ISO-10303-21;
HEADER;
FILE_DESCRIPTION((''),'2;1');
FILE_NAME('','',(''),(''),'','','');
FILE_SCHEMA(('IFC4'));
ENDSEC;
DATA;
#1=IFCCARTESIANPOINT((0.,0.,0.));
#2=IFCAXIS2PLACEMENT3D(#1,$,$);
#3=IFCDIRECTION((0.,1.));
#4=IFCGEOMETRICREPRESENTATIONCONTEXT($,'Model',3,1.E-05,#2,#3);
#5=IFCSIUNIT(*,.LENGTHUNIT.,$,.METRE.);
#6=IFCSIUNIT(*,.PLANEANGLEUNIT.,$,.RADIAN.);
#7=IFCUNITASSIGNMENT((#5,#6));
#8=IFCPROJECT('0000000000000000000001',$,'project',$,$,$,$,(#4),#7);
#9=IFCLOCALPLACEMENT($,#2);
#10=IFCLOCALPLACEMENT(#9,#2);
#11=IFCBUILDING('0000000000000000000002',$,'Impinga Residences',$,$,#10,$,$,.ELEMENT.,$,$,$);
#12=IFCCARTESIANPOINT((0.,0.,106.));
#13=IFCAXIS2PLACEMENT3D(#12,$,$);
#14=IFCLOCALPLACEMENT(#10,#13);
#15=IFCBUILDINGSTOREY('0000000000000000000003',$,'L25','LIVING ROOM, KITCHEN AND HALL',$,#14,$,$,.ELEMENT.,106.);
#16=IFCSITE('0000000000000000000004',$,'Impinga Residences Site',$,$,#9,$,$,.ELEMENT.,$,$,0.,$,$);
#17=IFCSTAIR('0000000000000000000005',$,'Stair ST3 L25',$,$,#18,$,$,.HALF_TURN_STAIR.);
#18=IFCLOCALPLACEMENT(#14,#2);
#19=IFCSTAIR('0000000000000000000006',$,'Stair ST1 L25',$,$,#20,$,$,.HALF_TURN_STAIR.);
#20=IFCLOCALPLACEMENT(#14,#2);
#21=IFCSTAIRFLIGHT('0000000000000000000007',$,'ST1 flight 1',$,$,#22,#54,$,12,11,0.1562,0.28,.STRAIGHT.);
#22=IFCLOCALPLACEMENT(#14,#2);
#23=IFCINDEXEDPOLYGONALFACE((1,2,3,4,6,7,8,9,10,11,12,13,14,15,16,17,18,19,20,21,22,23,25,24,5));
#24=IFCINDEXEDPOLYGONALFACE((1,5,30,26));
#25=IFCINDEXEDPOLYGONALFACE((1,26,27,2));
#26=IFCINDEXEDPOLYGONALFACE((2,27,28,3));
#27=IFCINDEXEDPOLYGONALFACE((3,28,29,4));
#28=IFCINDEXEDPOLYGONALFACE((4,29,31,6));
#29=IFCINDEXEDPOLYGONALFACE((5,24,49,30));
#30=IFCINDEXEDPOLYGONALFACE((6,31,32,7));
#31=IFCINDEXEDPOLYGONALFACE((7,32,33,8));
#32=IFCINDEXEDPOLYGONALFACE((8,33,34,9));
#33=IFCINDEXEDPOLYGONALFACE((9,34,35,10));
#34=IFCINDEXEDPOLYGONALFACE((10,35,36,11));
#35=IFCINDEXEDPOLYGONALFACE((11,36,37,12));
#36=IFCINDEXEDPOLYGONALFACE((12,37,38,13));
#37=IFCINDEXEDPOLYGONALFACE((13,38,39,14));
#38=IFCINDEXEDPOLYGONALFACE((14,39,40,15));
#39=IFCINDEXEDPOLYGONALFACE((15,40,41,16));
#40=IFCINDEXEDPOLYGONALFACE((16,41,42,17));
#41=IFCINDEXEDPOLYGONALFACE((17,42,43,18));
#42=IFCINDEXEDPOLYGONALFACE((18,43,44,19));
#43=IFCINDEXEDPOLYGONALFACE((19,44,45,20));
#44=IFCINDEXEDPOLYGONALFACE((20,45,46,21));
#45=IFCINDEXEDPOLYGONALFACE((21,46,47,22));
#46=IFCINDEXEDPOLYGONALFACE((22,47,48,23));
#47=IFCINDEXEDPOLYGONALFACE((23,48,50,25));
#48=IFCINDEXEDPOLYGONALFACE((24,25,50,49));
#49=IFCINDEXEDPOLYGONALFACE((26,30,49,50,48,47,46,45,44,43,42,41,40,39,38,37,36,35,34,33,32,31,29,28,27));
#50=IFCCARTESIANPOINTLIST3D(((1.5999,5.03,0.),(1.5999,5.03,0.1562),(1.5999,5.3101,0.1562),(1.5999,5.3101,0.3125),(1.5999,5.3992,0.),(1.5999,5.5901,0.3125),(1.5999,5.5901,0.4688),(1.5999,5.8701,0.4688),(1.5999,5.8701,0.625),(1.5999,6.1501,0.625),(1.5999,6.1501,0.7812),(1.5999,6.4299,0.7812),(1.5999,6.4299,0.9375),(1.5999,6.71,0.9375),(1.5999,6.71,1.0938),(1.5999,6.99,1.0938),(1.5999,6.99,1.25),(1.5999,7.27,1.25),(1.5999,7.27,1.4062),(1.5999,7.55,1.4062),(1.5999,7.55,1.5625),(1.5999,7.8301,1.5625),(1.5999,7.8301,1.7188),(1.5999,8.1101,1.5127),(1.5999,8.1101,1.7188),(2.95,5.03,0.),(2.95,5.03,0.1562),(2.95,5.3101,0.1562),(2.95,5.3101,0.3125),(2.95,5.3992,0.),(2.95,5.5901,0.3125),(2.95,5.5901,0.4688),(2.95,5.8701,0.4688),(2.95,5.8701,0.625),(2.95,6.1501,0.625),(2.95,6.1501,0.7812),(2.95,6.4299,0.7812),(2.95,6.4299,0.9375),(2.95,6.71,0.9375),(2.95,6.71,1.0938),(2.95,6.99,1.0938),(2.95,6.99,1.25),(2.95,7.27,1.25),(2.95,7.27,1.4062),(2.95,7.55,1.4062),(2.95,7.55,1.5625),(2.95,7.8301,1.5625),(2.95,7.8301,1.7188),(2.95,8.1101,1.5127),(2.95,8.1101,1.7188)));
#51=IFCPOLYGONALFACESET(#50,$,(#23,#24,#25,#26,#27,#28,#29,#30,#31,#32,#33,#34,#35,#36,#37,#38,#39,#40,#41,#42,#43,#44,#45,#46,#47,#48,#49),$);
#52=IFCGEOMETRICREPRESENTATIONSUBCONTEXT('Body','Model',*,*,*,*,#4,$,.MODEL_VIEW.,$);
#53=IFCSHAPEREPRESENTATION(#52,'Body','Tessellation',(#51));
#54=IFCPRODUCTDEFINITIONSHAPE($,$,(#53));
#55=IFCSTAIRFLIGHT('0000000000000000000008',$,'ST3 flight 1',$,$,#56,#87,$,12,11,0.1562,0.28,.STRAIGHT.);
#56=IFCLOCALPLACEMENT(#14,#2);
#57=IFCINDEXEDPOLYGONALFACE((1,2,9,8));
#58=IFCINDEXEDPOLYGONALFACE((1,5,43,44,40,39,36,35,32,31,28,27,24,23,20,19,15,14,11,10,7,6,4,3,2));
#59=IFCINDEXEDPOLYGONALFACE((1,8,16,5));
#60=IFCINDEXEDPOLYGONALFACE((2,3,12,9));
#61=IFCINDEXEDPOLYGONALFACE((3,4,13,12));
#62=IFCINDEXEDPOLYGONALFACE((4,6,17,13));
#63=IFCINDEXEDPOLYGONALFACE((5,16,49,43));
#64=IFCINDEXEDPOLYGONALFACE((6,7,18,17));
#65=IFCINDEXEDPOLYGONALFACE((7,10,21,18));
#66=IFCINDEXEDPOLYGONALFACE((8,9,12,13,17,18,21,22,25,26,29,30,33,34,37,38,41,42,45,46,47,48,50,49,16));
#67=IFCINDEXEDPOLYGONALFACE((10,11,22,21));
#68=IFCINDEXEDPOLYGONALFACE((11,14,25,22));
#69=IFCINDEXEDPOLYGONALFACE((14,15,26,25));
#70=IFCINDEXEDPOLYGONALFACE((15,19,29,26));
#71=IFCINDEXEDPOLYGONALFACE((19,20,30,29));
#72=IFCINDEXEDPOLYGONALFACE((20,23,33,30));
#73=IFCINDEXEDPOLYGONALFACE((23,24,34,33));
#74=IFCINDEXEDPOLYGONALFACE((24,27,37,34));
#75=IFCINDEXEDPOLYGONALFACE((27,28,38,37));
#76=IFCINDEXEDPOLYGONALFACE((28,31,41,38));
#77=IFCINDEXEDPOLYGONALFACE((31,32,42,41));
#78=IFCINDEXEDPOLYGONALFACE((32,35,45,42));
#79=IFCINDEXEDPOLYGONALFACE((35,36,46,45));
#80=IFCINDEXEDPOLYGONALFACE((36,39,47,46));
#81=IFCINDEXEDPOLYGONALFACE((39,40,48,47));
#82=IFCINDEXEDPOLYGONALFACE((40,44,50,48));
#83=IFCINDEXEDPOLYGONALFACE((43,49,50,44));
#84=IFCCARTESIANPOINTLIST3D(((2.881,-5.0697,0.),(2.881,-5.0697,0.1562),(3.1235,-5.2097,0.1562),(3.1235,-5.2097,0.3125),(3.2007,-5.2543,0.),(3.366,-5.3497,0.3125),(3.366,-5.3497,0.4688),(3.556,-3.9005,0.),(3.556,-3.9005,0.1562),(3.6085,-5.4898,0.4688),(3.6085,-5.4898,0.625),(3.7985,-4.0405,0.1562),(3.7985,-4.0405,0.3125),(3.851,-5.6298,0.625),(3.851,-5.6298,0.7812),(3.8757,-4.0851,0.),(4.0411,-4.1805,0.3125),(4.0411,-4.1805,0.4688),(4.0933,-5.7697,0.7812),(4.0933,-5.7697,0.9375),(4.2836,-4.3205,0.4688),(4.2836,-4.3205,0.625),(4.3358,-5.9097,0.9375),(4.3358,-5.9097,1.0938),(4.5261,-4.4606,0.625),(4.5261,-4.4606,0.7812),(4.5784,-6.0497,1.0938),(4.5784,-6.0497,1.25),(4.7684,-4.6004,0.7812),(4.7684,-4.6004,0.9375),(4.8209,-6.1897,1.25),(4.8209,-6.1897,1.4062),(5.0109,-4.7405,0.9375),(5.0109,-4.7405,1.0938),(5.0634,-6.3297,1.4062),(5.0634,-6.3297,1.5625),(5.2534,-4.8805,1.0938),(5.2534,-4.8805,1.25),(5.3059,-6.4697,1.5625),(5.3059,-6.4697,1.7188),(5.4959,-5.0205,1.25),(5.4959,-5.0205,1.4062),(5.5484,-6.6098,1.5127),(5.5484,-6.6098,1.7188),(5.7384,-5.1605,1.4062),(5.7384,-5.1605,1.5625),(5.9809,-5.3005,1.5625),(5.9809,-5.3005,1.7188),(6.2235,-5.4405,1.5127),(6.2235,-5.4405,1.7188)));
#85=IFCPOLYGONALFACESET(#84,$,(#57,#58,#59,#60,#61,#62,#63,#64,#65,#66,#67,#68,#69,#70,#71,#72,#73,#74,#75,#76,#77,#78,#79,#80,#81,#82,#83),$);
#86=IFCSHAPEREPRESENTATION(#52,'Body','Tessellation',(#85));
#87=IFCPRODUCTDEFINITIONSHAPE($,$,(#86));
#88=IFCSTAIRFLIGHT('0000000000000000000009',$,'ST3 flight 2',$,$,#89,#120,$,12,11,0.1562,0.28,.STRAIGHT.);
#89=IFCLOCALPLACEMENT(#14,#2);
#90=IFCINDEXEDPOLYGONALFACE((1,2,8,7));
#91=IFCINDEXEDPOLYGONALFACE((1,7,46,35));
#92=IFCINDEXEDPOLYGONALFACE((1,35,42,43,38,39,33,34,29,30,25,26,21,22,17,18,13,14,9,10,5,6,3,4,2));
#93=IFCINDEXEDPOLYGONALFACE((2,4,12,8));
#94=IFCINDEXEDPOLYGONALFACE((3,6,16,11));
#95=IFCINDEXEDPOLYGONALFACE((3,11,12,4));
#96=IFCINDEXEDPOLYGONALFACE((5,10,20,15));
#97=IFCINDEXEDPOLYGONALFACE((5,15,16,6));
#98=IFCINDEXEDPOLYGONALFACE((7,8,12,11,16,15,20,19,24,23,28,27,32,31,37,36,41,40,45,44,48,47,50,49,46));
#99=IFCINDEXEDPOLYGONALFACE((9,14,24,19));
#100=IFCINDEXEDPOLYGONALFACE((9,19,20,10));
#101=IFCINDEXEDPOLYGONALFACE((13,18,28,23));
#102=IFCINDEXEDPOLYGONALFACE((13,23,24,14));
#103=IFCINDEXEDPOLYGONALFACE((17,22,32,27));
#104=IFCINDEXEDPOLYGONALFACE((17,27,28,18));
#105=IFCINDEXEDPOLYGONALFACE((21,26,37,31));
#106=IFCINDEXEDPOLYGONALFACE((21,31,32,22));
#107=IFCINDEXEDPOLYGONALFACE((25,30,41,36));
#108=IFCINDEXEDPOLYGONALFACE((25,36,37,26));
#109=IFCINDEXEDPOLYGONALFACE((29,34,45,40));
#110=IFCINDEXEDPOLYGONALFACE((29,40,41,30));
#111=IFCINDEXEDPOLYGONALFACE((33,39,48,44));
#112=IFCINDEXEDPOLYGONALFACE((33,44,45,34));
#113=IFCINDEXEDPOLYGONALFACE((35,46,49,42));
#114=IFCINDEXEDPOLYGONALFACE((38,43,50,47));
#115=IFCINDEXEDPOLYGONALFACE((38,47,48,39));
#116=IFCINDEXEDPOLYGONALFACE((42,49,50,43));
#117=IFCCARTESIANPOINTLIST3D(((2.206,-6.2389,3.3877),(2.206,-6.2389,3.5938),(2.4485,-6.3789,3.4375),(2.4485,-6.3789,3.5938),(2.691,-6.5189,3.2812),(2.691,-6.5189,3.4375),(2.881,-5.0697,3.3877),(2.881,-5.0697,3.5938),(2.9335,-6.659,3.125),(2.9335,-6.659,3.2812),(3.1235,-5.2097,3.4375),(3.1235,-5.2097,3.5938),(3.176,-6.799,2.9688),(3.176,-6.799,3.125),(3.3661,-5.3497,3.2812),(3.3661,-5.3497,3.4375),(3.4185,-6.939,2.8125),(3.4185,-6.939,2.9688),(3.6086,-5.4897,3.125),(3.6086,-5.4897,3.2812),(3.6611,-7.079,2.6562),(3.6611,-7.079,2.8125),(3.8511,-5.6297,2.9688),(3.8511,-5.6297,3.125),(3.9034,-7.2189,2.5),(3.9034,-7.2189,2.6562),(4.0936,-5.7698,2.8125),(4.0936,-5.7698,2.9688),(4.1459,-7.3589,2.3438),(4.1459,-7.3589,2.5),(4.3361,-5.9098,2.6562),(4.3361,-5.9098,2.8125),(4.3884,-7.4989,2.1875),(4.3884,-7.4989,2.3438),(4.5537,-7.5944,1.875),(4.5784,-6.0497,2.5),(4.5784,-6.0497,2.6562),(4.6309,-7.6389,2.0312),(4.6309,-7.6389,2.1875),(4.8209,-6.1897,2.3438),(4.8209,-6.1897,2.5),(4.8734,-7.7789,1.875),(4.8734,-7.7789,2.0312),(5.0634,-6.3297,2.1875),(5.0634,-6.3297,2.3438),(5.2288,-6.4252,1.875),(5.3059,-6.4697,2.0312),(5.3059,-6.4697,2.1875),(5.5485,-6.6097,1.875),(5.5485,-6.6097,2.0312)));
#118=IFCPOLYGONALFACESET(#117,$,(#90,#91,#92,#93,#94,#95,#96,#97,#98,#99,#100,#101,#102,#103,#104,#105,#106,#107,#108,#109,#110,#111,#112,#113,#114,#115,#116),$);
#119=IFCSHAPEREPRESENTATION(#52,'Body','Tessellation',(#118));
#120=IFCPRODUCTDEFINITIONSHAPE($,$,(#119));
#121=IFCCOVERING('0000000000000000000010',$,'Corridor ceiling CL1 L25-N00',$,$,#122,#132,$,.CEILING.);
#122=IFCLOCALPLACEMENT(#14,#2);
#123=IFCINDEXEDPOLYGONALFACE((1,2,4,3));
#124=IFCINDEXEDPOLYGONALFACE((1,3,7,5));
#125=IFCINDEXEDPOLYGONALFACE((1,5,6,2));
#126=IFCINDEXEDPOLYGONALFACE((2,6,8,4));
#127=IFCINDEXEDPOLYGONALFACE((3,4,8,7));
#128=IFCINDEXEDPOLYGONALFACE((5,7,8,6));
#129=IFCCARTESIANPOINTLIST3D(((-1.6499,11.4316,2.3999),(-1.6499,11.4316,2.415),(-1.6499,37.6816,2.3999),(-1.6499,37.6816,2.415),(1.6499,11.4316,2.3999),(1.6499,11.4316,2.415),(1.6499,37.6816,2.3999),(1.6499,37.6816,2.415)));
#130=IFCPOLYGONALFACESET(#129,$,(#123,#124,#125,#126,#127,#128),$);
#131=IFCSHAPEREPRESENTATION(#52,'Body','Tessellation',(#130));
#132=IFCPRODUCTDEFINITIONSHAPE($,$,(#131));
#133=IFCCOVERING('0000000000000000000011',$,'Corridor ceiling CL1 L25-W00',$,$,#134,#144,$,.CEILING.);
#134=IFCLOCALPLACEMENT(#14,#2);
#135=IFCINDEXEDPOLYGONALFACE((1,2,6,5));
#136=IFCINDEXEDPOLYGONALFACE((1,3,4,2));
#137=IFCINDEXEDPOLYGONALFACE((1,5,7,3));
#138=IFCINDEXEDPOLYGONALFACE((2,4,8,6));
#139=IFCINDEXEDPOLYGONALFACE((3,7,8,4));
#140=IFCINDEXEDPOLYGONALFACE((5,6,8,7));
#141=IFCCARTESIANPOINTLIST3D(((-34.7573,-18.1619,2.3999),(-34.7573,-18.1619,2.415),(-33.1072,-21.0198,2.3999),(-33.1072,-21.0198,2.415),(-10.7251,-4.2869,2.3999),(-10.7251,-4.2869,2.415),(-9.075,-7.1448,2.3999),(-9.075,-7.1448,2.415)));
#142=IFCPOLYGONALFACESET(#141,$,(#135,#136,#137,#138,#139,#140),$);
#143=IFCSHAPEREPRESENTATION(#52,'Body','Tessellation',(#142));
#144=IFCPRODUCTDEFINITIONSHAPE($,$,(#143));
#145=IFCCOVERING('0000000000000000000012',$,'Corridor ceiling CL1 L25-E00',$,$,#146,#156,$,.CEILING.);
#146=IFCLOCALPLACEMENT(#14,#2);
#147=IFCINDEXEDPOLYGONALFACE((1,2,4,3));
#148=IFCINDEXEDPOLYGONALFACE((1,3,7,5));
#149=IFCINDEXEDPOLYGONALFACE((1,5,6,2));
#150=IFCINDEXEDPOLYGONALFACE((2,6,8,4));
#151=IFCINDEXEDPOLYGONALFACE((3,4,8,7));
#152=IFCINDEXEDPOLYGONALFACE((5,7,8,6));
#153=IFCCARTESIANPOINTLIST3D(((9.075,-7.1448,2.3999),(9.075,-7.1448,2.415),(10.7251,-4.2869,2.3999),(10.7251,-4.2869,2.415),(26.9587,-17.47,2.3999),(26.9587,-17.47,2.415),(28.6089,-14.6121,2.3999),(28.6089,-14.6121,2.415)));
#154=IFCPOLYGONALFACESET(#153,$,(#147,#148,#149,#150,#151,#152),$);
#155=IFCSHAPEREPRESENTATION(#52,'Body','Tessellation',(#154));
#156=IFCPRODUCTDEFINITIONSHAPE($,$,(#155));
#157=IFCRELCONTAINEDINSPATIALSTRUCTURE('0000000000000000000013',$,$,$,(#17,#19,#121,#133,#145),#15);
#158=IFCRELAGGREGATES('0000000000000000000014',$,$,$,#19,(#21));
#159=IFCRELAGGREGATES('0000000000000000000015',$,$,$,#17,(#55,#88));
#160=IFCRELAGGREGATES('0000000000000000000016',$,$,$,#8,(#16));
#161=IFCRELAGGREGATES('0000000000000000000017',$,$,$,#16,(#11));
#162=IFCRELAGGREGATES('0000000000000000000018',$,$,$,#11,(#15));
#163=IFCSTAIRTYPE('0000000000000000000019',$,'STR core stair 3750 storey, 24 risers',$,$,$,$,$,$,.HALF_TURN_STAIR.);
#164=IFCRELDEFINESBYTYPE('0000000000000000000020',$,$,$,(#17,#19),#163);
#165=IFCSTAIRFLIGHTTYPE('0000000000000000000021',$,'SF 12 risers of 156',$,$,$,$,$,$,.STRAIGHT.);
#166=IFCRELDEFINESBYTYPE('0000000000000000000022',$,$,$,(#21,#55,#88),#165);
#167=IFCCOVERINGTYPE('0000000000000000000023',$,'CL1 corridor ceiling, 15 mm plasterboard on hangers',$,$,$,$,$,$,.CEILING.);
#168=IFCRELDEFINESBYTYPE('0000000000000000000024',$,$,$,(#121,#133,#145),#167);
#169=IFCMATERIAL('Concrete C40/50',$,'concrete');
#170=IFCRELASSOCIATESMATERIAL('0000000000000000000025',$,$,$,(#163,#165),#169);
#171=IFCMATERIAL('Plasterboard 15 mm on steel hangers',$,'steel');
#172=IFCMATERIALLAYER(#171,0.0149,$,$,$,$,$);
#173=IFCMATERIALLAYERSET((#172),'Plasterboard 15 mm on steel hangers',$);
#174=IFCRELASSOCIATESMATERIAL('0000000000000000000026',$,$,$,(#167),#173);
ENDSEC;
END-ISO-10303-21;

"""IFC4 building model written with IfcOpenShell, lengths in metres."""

from ifc_helpers import new_model, si_unit, direction, frame, origin, place, context, subcontext, project, spatial, polyline, outline, extrude, material, layer, layer_set, type_object, element, aggregate, save


model = new_model("IFC4")

# Units and contexts
model_context = context("Model", 3, precision=1e-05, world=origin(), true_north=direction((0.0, 1.0)))
body_context = subcontext(model_context, "Body", "Model", "MODEL_VIEW")
ifc_project = project(units=[si_unit("LENGTHUNIT", "METRE"), si_unit("PLANEANGLEUNIT", "RADIAN")], contexts=[model_context])

# Site, building, storey
site_placement = place(None, origin())
site = spatial("IfcSite", under=ifc_project, at=site_placement, Name="Impinga Residences Site", CompositionType="ELEMENT", RefElevation=0.0)
building_placement = place(site_placement, origin())
building = spatial("IfcBuilding", under=site, at=building_placement, Name="Impinga Residences", CompositionType="ELEMENT")
storey_placement = place(building_placement, frame((0.0, 0.0, 106.0)))
storey = spatial("IfcBuildingStorey", under=building, at=storey_placement, Name="L25", Description="LIVING ROOM, KITCHEN AND HALL", CompositionType="ELEMENT", Elevation=106.0)

# Stair
ifc_material_1 = material(Name="Concrete C40/50", Category="concrete")
stair_type_1 = type_object("IfcStairType", Name="STR core stair 3750 storey, 24 risers", PredefinedType="HALF_TURN_STAIR", material=ifc_material_1)
stair_1_placement = place(storey_placement, origin())
stair_1 = element("IfcStair", 1, at=stair_1_placement, inside=storey, type_object=stair_type_1, Name="Stair ST3 L25", PredefinedType="HALF_TURN_STAIR")

# Stair, stair flight
stair_2_placement = place(storey_placement, origin())
stair_2 = element("IfcStair", 2, at=stair_2_placement, inside=storey, type_object=stair_type_1, Name="Stair ST1 L25", PredefinedType="HALF_TURN_STAIR")
stair_flight_type = type_object("IfcStairFlightType", Name="SF 12 risers of 156", PredefinedType="STRAIGHT", material=ifc_material_1)
stair_flight_1_placement = place(storey_placement, frame((2.2749, 5.03, 0.0), z_axis=(0.0, 0.0, 1.0), x_axis=(0.0, 1.0, 0.0)))
stair_flight_1 = element("IfcStairFlight", 3, at=stair_flight_1_placement, type_object=stair_flight_type, Name="ST1 flight 1", NumberOfRisers=12, NumberOfTreads=11, PredefinedType="STRAIGHT", RiserHeight=0.1562, TreadLength=0.28, context=body_context, shape_type="SweptSolid", body=[
    extrude(outline(polyline([(0.0, 0.0), (0.0, 0.1562), (0.28, 0.1562), (0.28, 0.3125), (0.5601, 0.3125), (0.5601, 0.4688), (0.8401, 0.4688), (0.8401, 0.625), (1.1201, 0.625), (1.1201, 0.7812), (1.3999, 0.7812), (1.3999, 0.9375), (1.6799, 0.9375), (1.6799, 1.0938), (1.96, 1.0938), (1.96, 1.25), (2.24, 1.25), (2.24, 1.4062), (2.52, 1.4062), (2.52, 1.5625), (2.8, 1.5625), (2.8, 1.7188), (3.0801, 1.7188), (3.0801, 1.875), (3.0801, 1.5127), (0.3691, 0.0), (0.0, 0.0)])), frame((0.0, 0.675, 0.0), z_axis=(0.0, -1.0, 0.0), x_axis=(1.0, 0.0, 0.0)), (0.0, 0.0, 1.0), 1.3501),
])
aggregate(stair_2, [stair_flight_1])

# Stair flights
stair_flight_2_placement = place(storey_placement, frame((3.2185, -4.4851, 0.0), z_axis=(0.0, 0.0, 1.0), x_axis=(0.866025, -0.5, 0.0)))
stair_flight_2 = element("IfcStairFlight", 4, at=stair_flight_2_placement, type_object=stair_flight_type, Name="ST3 flight 1", NumberOfRisers=12, NumberOfTreads=11, PredefinedType="STRAIGHT", RiserHeight=0.1562, TreadLength=0.28, context=body_context, shape_type="SweptSolid", body=[
    extrude(outline(polyline([(0.0, 0.0), (0.0, 0.1562), (0.28, 0.1562), (0.28, 0.3125), (0.5601, 0.3125), (0.5601, 0.4688), (0.8401, 0.4688), (0.8401, 0.625), (1.1201, 0.625), (1.1201, 0.7812), (1.3999, 0.7812), (1.3999, 0.9375), (1.6799, 0.9375), (1.6799, 1.0938), (1.96, 1.0938), (1.96, 1.25), (2.24, 1.25), (2.24, 1.4062), (2.52, 1.4062), (2.52, 1.5625), (2.8, 1.5625), (2.8, 1.7188), (3.0801, 1.7188), (3.0801, 1.875), (3.0801, 1.5127), (0.3691, 0.0), (0.0, 0.0)])), frame((0.0, 0.675, 0.0), z_axis=(0.0, -1.0, 0.0), x_axis=(1.0, 0.0, 0.0)), (0.0, 0.0, 1.0), 1.3501),
])
stair_flight_3_placement = place(storey_placement, frame((5.2109, -7.1943, 1.875), z_axis=(0.0, 0.0, 1.0), x_axis=(-0.866025, 0.5, 0.0)))
stair_flight_3 = element("IfcStairFlight", 5, at=stair_flight_3_placement, type_object=stair_flight_type, Name="ST3 flight 2", NumberOfRisers=12, NumberOfTreads=11, PredefinedType="STRAIGHT", RiserHeight=0.1562, TreadLength=0.28, context=body_context, shape_type="SweptSolid", body=[
    extrude(outline(polyline([(0.0, 0.0), (0.0, 0.1562), (0.28, 0.1562), (0.28, 0.3125), (0.5601, 0.3125), (0.5601, 0.4688), (0.8401, 0.4688), (0.8401, 0.625), (1.1201, 0.625), (1.1201, 0.7812), (1.3999, 0.7812), (1.3999, 0.9375), (1.6799, 0.9375), (1.6799, 1.0938), (1.96, 1.0938), (1.96, 1.25), (2.24, 1.25), (2.24, 1.4062), (2.52, 1.4062), (2.52, 1.5625), (2.8, 1.5625), (2.8, 1.7188), (3.0801, 1.7188), (3.0801, 1.875), (3.0801, 1.5127), (0.3691, 0.0), (0.0, 0.0)])), frame((0.0, 0.675, 0.0), z_axis=(0.0, -1.0, 0.0), x_axis=(1.0, 0.0, 0.0)), (0.0, 0.0, 1.0), 1.3501),
])
aggregate(stair_1, [stair_flight_2, stair_flight_3])

# Coverings
ifc_material_2 = material(Name="Plasterboard 15 mm on steel hangers", Category="steel")
ifc_layer_1 = layer(ifc_material_2, 0.0149)
ifc_layer_set_1 = layer_set([ifc_layer_1], Name="Plasterboard 15 mm on steel hangers")
covering_type_1 = type_object("IfcCoveringType", Name="CL1 corridor ceiling, 15 mm plasterboard on hangers", PredefinedType="CEILING", material=ifc_layer_set_1)
covering_1_placement = place(storey_placement, frame((0.0, 0.0, 2.3999)))
element("IfcCovering", 6, at=covering_1_placement, inside=storey, type_object=covering_type_1, Name="Corridor ceiling CL1 L25-N00", PredefinedType="CEILING", context=body_context, shape_type="SweptSolid", body=[
    extrude(outline(polyline([(1.6499, 11.4316), (-1.6499, 11.4316), (-1.6499, 37.6816), (1.6499, 37.6816), (1.6499, 11.4316)])), origin(), (0.0, 0.0, 1.0), 0.0151),
])
covering_2_placement = place(storey_placement, frame((0.0, 0.0, 2.3999)))
element("IfcCovering", 7, at=covering_2_placement, inside=storey, type_object=covering_type_1, Name="Corridor ceiling CL1 L25-W00", PredefinedType="CEILING", context=body_context, shape_type="SweptSolid", body=[
    extrude(outline(polyline([(-9.075, -7.1448), (-10.7251, -4.2869), (-34.7573, -18.1619), (-33.1072, -21.0198), (-9.075, -7.1448)])), origin(), (0.0, 0.0, 1.0), 0.0151),
])
covering_3_placement = place(storey_placement, frame((0.0, 0.0, 2.3999)))
element("IfcCovering", 8, at=covering_3_placement, inside=storey, type_object=covering_type_1, Name="Corridor ceiling CL1 L25-E00", PredefinedType="CEILING", context=body_context, shape_type="SweptSolid", body=[
    extrude(outline(polyline([(9.075, -7.1448), (10.7251, -4.2869), (28.6089, -14.6121), (26.9587, -17.47), (9.075, -7.1448)])), origin(), (0.0, 0.0, 1.0), 0.0151),
])

save(model, "model.ifc")
